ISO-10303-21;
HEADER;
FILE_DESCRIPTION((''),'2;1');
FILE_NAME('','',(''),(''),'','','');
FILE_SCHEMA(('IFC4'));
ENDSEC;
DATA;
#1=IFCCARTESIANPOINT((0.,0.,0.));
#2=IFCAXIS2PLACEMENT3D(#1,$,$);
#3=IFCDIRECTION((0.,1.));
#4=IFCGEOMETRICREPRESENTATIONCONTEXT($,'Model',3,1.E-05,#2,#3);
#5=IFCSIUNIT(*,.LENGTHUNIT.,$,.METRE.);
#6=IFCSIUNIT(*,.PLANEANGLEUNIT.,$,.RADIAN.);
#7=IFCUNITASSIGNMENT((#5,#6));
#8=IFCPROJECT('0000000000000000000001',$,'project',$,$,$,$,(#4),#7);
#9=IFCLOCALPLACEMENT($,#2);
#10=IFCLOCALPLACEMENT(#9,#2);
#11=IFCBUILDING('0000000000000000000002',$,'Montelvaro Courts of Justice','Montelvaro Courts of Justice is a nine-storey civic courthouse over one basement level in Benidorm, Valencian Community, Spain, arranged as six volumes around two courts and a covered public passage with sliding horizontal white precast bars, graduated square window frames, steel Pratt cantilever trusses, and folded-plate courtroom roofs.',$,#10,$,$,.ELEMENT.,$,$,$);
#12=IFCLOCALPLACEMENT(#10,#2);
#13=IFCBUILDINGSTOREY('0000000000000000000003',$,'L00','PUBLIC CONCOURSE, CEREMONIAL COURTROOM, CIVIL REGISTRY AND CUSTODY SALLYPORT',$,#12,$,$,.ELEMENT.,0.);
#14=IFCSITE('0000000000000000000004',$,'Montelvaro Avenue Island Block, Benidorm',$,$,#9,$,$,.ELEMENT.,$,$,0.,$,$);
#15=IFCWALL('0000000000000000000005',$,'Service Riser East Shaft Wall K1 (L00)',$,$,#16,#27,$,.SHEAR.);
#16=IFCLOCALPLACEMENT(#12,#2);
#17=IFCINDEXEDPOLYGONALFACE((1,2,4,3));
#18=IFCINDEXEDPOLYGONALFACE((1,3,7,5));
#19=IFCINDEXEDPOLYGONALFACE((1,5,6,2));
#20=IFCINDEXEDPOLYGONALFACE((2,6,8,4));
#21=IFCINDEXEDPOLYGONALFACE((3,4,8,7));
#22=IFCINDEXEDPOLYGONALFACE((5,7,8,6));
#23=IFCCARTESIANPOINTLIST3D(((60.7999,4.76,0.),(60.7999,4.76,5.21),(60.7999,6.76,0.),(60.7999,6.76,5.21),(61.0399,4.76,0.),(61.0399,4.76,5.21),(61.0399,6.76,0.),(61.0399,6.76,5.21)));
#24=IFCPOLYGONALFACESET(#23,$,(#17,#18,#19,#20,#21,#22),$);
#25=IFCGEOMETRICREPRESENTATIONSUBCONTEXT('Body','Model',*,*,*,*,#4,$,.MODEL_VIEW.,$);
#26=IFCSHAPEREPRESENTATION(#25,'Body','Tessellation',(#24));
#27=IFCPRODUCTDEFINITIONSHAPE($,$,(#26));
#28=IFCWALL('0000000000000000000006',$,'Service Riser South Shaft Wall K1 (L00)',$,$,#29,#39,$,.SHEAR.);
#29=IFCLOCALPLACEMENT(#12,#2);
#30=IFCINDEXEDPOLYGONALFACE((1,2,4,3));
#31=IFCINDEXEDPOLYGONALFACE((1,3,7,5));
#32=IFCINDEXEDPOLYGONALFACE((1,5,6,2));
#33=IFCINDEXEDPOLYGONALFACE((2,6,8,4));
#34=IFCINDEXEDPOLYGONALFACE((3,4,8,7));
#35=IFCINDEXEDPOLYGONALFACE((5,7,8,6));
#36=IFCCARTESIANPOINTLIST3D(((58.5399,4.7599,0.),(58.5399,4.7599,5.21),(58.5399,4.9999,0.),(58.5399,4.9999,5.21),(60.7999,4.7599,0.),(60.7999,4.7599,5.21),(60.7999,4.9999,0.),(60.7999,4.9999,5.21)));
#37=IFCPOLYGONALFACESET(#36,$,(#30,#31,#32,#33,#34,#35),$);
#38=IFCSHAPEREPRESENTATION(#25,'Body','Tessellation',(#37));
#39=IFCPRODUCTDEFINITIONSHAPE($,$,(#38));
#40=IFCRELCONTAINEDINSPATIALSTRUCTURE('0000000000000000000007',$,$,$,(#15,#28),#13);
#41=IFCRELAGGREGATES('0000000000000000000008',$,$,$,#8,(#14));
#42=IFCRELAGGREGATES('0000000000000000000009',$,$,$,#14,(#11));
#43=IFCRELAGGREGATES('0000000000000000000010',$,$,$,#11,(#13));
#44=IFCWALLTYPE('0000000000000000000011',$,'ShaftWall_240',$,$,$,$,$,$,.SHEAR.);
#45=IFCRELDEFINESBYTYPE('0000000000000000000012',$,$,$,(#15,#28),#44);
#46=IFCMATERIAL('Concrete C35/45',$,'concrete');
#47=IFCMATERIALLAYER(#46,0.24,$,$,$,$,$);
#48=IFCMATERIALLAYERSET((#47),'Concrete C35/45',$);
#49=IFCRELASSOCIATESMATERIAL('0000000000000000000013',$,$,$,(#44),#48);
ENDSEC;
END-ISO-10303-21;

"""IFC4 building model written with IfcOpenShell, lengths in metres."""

from ifc_helpers import new_model, si_unit, direction, frame, frame_2d, origin, place, context, subcontext, project, spatial, rectangle, extrude, material, layer, layer_set, type_object, element, save


model = new_model("IFC4")

# Units and contexts
model_context = context("Model", 3, precision=1e-05, world=origin(), true_north=direction((0.0, 1.0)))
body_context = subcontext(model_context, "Body", "Model", "MODEL_VIEW")
ifc_project = project(units=[si_unit("LENGTHUNIT", "METRE"), si_unit("PLANEANGLEUNIT", "RADIAN")], contexts=[model_context])

# Site, building, storey
site_placement = place(None, origin())
site = spatial("IfcSite", under=ifc_project, at=site_placement, Name="Montelvaro Avenue Island Block, Benidorm", CompositionType="ELEMENT", RefElevation=0.0)
building_placement = place(site_placement, origin())
building = spatial("IfcBuilding", under=site, at=building_placement, Name="Montelvaro Courts of Justice", Description="Montelvaro Courts of Justice is a nine-storey civic courthouse over one basement level in Benidorm, Valencian Community, Spain, arranged as six volumes around two courts and a covered public passage with sliding horizontal white precast bars, graduated square window frames, steel Pratt cantilever trusses, and folded-plate courtroom roofs.", CompositionType="ELEMENT")
storey_placement = place(building_placement, origin())
storey = spatial("IfcBuildingStorey", under=building, at=storey_placement, Name="L00", Description="PUBLIC CONCOURSE, CEREMONIAL COURTROOM, CIVIL REGISTRY AND CUSTODY SALLYPORT", CompositionType="ELEMENT", Elevation=0.0)

# Shared definitions
ifc_material_1 = material(Name="Concrete C35/45", Category="concrete")
ifc_layer_1 = layer(ifc_material_1, 0.24)
ifc_layer_set_1 = layer_set([ifc_layer_1], Name="Concrete C35/45")
wall_type_1 = type_object("IfcWallType", Name="ShaftWall_240", PredefinedType="SHEAR", material=ifc_layer_set_1)

# Walls
wall_1_placement = place(storey_placement, frame((60.9199, 4.76, 0.0), z_axis=(0.0, 0.0, 1.0), x_axis=(0.0, 1.0, 0.0)))
element("IfcWall", 1, at=wall_1_placement, inside=storey, type_object=wall_type_1, Name="Service Riser East Shaft Wall K1 (L00)", PredefinedType="SHEAR", context=body_context, shape_type="SweptSolid", body=[
    extrude(rectangle(XDim=2.0, YDim=0.24, at=frame_2d((1.0, 0.0))), origin(), (0.0, 0.0, 1.0), 5.21),
])
wall_2_placement = place(storey_placement, frame((58.54, 4.8799, 0.0), z_axis=(0.0, 0.0, 1.0), x_axis=(1.0, 0.0, 0.0)))
element("IfcWall", 2, at=wall_2_placement, inside=storey, type_object=wall_type_1, Name="Service Riser South Shaft Wall K1 (L00)", PredefinedType="SHEAR", context=body_context, shape_type="SweptSolid", body=[
    extrude(rectangle(XDim=2.26, YDim=0.24, at=frame_2d((1.1299, 0.0))), origin(), (0.0, 0.0, 1.0), 5.21),
])

save(model, "model.ifc")
